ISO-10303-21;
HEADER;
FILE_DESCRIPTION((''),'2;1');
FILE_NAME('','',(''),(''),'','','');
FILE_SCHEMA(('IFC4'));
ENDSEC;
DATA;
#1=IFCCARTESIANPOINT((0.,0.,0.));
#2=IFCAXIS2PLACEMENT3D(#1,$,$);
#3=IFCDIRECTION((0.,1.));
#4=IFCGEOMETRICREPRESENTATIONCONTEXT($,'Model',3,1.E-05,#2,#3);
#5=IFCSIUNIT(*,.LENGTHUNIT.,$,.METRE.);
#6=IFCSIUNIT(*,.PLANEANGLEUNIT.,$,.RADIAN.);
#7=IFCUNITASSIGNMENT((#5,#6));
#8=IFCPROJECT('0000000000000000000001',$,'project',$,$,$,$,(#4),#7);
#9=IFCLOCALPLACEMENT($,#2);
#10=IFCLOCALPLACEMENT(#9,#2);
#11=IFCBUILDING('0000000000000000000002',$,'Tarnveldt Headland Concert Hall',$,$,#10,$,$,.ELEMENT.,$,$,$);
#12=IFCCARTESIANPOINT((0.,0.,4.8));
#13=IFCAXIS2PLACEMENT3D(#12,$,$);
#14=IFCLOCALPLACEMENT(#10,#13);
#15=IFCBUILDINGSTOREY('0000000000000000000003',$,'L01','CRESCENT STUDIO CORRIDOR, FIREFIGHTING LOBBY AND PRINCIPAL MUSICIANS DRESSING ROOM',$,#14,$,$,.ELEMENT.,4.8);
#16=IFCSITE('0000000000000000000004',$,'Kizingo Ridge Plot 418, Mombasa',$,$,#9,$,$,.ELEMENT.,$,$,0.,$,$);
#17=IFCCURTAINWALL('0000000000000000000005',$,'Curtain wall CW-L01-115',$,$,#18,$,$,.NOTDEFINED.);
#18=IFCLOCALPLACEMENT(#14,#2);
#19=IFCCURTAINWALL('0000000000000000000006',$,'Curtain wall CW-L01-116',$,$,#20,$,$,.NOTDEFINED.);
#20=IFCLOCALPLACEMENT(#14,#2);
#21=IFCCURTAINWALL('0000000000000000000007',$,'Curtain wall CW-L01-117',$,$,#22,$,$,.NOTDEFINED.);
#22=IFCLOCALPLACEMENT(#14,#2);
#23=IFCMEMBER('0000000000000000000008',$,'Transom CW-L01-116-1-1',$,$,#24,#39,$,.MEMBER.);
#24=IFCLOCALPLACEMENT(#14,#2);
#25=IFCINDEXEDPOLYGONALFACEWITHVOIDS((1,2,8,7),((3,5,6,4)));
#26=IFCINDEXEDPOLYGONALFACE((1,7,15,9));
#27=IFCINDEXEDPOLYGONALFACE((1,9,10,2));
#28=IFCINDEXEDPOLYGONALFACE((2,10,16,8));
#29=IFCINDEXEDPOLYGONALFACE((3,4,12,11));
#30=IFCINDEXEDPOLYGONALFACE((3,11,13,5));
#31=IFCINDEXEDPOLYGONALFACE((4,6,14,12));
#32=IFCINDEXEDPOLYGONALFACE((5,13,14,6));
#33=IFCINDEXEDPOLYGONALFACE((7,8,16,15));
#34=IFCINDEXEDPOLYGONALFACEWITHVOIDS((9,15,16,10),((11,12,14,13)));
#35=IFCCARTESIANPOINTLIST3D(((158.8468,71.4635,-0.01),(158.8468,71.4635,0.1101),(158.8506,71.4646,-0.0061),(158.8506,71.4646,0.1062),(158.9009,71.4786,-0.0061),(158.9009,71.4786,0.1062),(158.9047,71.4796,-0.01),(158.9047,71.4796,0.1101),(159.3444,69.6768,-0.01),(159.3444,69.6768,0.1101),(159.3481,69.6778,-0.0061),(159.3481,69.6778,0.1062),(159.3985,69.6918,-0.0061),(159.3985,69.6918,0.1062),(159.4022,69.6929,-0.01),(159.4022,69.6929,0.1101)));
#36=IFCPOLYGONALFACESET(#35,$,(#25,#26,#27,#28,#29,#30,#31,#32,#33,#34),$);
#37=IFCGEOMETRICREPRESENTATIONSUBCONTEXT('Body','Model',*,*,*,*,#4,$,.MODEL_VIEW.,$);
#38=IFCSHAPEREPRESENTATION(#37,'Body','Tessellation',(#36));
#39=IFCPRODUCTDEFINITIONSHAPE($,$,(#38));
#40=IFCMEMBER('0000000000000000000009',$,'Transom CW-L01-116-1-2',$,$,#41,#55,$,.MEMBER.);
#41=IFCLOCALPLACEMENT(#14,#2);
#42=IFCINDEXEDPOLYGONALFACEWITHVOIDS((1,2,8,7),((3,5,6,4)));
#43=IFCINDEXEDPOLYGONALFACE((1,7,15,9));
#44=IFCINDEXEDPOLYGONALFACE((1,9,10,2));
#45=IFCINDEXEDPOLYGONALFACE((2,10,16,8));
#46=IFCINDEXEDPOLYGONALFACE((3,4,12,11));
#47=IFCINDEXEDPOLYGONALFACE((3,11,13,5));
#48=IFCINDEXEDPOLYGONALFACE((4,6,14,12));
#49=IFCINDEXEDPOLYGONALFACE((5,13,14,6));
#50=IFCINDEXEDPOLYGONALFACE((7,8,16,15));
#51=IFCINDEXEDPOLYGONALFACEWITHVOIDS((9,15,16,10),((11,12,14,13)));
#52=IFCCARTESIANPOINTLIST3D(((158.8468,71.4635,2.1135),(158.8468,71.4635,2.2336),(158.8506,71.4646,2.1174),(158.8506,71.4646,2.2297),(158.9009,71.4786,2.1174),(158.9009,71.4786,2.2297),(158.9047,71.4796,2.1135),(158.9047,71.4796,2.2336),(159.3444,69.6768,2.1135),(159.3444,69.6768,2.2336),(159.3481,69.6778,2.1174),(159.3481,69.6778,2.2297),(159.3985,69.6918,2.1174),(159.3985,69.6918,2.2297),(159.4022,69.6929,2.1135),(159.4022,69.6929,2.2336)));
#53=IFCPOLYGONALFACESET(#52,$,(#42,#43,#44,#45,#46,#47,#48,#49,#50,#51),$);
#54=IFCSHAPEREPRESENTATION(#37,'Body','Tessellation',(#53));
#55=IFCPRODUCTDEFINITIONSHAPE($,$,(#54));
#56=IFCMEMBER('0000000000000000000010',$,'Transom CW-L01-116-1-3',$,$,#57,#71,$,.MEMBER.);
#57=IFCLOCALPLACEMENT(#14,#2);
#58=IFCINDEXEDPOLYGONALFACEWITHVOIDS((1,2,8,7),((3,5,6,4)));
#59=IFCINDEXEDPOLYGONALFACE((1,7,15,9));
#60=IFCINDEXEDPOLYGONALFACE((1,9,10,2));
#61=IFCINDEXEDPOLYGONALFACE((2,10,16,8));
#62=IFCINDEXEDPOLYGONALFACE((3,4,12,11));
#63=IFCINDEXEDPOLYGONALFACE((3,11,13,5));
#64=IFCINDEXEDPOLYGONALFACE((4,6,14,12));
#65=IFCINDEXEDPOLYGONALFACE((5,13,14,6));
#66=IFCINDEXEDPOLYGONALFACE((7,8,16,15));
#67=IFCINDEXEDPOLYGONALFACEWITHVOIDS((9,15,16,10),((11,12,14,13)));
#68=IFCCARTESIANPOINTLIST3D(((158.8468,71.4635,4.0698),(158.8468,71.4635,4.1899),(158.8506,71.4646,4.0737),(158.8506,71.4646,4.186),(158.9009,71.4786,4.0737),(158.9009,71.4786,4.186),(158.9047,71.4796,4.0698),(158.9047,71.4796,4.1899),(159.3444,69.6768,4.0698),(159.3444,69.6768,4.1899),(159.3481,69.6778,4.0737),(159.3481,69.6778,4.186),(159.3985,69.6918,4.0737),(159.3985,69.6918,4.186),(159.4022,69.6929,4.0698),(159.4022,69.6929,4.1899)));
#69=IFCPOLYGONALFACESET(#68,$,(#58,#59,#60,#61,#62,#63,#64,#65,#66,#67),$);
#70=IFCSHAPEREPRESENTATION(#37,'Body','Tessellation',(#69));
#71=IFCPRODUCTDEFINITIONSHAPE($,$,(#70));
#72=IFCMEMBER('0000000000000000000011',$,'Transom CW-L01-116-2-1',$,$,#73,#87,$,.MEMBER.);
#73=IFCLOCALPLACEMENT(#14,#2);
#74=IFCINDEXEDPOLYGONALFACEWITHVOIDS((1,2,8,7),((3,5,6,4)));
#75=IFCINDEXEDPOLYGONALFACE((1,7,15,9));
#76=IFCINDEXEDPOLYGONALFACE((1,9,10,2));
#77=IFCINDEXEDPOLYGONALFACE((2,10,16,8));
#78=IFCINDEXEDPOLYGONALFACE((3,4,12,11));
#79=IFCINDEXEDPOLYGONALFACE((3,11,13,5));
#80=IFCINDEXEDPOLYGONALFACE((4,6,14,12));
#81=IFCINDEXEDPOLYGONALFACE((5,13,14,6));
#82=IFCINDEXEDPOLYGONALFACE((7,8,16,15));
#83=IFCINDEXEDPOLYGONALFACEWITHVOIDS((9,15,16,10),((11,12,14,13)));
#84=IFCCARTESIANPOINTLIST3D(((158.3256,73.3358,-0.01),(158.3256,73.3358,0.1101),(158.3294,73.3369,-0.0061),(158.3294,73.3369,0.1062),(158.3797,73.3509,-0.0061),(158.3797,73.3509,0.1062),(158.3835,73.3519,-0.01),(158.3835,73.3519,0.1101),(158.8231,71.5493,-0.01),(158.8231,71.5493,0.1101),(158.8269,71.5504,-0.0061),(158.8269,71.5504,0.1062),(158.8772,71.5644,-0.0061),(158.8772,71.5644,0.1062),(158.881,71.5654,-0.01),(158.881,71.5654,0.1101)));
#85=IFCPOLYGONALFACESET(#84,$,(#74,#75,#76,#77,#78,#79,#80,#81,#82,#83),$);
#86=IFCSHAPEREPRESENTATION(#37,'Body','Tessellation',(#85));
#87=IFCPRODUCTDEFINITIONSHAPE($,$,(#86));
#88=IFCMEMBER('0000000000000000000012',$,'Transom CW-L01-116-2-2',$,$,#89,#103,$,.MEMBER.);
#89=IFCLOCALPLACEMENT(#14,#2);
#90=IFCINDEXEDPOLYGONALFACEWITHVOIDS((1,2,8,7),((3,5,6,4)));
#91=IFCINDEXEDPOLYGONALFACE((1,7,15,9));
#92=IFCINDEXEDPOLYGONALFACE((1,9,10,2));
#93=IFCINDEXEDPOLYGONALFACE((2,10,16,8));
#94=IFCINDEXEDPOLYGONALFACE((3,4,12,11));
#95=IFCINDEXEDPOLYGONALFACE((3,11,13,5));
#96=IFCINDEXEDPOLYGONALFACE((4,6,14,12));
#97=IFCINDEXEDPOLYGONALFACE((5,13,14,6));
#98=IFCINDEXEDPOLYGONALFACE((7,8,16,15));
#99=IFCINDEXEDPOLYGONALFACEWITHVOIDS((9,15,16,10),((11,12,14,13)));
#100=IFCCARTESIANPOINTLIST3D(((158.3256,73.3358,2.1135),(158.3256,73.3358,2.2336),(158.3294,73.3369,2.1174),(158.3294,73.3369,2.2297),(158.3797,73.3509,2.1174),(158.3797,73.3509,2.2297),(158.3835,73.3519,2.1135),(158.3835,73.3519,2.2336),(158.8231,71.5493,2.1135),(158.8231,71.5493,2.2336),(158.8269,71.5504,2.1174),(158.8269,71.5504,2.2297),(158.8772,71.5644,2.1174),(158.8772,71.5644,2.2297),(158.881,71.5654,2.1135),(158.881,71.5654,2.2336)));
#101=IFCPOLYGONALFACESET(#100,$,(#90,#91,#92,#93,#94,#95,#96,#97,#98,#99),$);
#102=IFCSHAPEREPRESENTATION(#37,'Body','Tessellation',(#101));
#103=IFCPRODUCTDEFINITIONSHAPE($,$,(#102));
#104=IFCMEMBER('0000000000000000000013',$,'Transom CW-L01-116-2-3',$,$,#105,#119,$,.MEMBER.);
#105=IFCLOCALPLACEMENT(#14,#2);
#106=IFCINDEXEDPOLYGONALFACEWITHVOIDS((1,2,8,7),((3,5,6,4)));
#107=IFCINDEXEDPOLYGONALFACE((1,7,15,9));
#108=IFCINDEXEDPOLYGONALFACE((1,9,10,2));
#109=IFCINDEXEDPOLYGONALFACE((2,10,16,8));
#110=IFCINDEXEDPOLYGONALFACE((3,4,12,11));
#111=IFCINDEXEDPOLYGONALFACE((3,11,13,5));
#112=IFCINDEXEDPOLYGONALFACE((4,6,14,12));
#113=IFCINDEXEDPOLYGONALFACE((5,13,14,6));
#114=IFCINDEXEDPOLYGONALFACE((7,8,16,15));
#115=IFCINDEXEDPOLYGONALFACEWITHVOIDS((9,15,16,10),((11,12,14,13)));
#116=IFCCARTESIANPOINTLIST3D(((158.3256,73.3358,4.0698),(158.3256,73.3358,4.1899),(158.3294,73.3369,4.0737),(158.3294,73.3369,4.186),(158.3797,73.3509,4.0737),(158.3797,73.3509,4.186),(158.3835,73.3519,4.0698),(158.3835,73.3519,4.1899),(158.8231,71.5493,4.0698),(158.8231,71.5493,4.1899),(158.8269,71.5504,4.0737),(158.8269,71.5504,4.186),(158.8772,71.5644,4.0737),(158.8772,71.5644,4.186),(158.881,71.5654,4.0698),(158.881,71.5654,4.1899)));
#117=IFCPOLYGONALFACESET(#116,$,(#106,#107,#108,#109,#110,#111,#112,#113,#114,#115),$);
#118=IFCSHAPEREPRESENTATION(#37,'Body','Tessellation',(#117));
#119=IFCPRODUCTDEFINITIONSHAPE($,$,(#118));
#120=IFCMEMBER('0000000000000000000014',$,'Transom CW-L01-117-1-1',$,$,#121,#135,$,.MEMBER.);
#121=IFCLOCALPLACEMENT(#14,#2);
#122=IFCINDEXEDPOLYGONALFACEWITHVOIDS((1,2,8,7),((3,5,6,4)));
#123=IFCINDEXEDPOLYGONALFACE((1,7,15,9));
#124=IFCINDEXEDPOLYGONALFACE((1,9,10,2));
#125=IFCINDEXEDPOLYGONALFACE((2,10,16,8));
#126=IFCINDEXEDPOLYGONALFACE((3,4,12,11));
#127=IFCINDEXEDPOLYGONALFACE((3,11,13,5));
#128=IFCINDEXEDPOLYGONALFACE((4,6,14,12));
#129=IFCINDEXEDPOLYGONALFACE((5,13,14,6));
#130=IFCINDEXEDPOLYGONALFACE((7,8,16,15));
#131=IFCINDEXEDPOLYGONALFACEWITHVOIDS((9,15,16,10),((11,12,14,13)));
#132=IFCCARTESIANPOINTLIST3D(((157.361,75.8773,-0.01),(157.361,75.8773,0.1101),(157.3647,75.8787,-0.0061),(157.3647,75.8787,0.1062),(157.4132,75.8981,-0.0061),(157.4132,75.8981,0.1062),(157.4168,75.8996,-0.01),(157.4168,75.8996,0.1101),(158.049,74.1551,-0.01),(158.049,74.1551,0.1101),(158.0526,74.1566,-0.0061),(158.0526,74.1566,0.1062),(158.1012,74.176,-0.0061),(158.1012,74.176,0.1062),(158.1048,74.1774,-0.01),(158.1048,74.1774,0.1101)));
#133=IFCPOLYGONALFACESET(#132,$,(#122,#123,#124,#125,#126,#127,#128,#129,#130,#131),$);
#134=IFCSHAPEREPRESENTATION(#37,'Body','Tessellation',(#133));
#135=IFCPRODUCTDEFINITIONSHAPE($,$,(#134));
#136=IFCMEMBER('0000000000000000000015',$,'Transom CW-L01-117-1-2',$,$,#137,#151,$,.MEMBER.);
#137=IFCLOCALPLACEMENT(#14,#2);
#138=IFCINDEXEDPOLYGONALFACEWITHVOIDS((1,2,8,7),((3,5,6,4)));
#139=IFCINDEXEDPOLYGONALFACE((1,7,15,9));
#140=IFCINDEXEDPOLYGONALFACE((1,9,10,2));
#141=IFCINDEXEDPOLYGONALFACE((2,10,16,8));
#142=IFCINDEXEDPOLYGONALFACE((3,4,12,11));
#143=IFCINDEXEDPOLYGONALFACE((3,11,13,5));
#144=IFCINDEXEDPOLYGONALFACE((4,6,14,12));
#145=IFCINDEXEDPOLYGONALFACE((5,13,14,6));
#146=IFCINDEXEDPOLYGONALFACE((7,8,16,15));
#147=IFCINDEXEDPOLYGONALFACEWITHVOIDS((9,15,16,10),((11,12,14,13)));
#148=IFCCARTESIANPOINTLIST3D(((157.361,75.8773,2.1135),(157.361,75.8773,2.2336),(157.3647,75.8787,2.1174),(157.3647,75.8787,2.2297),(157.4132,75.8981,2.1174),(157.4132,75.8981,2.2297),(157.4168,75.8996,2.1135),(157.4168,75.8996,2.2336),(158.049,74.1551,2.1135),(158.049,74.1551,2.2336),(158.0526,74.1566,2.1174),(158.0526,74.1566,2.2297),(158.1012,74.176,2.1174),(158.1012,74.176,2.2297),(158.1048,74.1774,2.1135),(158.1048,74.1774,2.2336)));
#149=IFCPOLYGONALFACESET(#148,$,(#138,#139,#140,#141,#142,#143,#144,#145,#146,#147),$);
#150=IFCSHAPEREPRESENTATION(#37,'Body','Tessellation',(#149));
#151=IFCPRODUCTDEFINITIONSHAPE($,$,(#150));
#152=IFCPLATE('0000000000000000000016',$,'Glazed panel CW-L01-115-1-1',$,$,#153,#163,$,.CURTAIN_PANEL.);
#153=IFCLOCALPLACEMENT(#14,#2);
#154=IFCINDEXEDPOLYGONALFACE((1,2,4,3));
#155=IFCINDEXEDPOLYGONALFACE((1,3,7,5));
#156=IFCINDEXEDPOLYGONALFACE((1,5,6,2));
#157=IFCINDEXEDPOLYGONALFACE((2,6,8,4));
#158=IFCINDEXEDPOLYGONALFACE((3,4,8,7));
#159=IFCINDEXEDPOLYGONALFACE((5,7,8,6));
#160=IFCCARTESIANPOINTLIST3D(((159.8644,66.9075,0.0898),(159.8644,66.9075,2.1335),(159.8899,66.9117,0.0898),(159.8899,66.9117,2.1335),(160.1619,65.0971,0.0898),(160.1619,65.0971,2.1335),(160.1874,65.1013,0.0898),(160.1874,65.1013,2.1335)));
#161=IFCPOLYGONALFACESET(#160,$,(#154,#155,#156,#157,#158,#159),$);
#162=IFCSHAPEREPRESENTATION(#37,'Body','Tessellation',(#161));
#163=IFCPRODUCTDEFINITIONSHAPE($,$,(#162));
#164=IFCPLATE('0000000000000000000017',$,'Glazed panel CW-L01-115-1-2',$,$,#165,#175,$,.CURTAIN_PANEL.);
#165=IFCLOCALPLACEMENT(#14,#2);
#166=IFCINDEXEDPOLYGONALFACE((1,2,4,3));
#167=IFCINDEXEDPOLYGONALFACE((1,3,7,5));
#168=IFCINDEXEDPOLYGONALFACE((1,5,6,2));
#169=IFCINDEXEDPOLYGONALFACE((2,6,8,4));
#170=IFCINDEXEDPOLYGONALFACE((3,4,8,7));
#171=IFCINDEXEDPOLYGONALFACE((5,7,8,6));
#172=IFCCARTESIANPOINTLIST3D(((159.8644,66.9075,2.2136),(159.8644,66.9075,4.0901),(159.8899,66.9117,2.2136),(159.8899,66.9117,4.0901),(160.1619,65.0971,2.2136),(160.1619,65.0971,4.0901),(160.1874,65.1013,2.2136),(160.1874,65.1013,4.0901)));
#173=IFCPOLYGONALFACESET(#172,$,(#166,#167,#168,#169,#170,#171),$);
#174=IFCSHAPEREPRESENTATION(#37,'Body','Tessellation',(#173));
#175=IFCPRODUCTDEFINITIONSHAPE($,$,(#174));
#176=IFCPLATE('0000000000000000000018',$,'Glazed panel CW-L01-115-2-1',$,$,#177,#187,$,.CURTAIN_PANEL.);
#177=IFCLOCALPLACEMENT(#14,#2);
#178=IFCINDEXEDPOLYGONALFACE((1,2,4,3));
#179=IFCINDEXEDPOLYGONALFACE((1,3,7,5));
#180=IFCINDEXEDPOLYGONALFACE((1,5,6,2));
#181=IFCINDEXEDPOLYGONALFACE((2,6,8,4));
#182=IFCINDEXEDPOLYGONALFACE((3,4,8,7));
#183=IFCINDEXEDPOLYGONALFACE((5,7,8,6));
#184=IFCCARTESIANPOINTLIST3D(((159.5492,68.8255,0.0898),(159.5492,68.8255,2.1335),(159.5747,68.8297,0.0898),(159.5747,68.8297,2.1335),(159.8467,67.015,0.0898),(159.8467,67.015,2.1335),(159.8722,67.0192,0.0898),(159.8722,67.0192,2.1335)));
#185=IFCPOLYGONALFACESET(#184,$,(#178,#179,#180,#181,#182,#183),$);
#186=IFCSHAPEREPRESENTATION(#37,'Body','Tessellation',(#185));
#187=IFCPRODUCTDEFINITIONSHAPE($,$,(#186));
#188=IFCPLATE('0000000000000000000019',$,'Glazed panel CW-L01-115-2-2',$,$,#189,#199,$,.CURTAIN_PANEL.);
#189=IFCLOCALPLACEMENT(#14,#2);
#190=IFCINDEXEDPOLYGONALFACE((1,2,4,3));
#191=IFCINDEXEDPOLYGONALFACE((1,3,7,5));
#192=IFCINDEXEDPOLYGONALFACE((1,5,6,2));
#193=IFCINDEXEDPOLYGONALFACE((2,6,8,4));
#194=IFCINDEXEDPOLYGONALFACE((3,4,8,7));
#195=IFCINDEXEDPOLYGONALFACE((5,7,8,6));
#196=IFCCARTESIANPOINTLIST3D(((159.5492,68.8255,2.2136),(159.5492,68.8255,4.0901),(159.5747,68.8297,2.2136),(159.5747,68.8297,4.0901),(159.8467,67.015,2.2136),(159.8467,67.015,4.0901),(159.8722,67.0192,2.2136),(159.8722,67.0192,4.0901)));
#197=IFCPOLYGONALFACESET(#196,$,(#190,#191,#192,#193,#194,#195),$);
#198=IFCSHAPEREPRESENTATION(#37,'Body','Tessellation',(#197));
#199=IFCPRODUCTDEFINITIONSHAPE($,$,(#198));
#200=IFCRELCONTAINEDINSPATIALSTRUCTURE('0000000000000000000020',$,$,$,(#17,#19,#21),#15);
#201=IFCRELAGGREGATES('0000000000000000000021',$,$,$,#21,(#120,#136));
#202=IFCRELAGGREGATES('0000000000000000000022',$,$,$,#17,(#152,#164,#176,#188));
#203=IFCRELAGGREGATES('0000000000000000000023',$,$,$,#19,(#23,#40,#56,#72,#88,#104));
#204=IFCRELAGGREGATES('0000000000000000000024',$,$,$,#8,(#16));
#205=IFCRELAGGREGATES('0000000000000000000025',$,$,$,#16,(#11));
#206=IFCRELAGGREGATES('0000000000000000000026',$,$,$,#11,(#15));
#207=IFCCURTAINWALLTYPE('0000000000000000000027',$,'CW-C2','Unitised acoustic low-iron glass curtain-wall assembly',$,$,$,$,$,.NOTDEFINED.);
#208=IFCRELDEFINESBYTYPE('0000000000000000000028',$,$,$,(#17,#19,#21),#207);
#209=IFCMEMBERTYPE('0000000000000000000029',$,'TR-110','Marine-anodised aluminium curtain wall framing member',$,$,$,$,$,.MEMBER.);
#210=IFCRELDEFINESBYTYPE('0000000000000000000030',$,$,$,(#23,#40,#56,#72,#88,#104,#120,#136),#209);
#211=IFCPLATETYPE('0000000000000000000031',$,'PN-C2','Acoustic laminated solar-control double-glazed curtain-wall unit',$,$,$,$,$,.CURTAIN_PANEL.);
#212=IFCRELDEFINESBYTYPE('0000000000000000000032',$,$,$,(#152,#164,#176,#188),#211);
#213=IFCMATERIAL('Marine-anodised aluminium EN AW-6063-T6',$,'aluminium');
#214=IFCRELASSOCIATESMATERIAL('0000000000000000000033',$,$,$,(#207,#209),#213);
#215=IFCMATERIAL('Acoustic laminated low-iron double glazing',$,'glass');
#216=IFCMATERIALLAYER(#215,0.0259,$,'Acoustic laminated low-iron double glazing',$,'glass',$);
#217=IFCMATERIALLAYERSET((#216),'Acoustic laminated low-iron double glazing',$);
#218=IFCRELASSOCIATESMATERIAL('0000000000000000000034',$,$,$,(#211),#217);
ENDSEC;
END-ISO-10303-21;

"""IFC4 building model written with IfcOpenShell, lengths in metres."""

from ifc_helpers import new_model, si_unit, direction, frame, origin, origin_2d, place, context, subcontext, project, spatial, rectangle, hollow_rectangle, extrude, material, layer, layer_set, material_profile, profile_set, type_object, element, aggregate, save


model = new_model("IFC4")

# Units and contexts
model_context = context("Model", 3, precision=1e-05, world=origin(), true_north=direction((0.0, 1.0)))
body_context = subcontext(model_context, "Body", "Model", "MODEL_VIEW")
ifc_project = project(units=[si_unit("LENGTHUNIT", "METRE"), si_unit("PLANEANGLEUNIT", "RADIAN")], contexts=[model_context])

# Site, building, storey
site_placement = place(None, origin())
site = spatial("IfcSite", under=ifc_project, at=site_placement, Name="Kizingo Ridge Plot 418, Mombasa", CompositionType="ELEMENT", RefElevation=0.0)
building_placement = place(site_placement, origin())
building = spatial("IfcBuilding", under=site, at=building_placement, Name="Tarnveldt Headland Concert Hall", CompositionType="ELEMENT")
storey_placement = place(building_placement, frame((0.0, 0.0, 4.8)))
storey = spatial("IfcBuildingStorey", under=building, at=storey_placement, Name="L01", Description="CRESCENT STUDIO CORRIDOR, FIREFIGHTING LOBBY AND PRINCIPAL MUSICIANS DRESSING ROOM", CompositionType="ELEMENT", Elevation=4.8)

# Curtain walls
ifc_material_1 = material(Name="Marine-anodised aluminium EN AW-6063-T6", Category="aluminium")
curtain_wall_type = type_object("IfcCurtainWallType", Name="CW-C2", Description="Unitised acoustic low-iron glass curtain-wall assembly", PredefinedType="NOTDEFINED", material=ifc_material_1)
curtain_wall_1_placement = place(storey_placement, origin())
curtain_wall_1 = element("IfcCurtainWall", 1, at=curtain_wall_1_placement, inside=storey, type_object=curtain_wall_type, Name="Curtain wall CW-L01-115", PredefinedType="NOTDEFINED")
curtain_wall_2_placement = place(storey_placement, origin())
curtain_wall_2 = element("IfcCurtainWall", 2, at=curtain_wall_2_placement, inside=storey, type_object=curtain_wall_type, Name="Curtain wall CW-L01-116", PredefinedType="NOTDEFINED")

# Curtain wall
curtain_wall_3_placement = place(storey_placement, origin())
curtain_wall_3 = element("IfcCurtainWall", 3, at=curtain_wall_3_placement, inside=storey, type_object=curtain_wall_type, Name="Curtain wall CW-L01-117", PredefinedType="NOTDEFINED")

# Members
ifc_material_profile_1 = material_profile(ifc_material_1, hollow_rectangle(XDim=0.0601, YDim=0.1201, WallThickness=0.0039, at=origin_2d()), Name="ALU TRANSOM 60x120x4", Category="aluminium")
ifc_profile_set_1 = profile_set([ifc_material_profile_1], Name="Marine-anodised aluminium EN AW-6063-T6")
member_type_1 = type_object("IfcMemberType", Name="TR-110", Description="Marine-anodised aluminium curtain wall framing member", PredefinedType="MEMBER", material=ifc_profile_set_1)
member_1_placement = place(storey_placement, frame((159.3733, 69.6848, 0.05), z_axis=(-0.268248, 0.96335, 0.0), x_axis=(-0.96335, -0.268248, 0.0)))
member_1 = element("IfcMember", 4, at=member_1_placement, type_object=member_type_1, Name="Transom CW-L01-116-1-1", PredefinedType="MEMBER", context=body_context, shape_type="SweptSolid", body=[
    extrude(hollow_rectangle(XDim=0.0601, YDim=0.1201, WallThickness=0.0039, at=origin_2d()), origin(), (0.0, 0.0, 1.0), 1.8547),
])
member_2_placement = place(storey_placement, frame((159.3733, 69.6848, 2.1736), z_axis=(-0.268248, 0.96335, 0.0), x_axis=(-0.96335, -0.268248, 0.0)))
member_2 = element("IfcMember", 5, at=member_2_placement, type_object=member_type_1, Name="Transom CW-L01-116-1-2", PredefinedType="MEMBER", context=body_context, shape_type="SweptSolid", body=[
    extrude(hollow_rectangle(XDim=0.0601, YDim=0.1201, WallThickness=0.0039, at=origin_2d()), origin(), (0.0, 0.0, 1.0), 1.8547),
])
member_3_placement = place(storey_placement, frame((159.3733, 69.6848, 4.1299), z_axis=(-0.268248, 0.96335, 0.0), x_axis=(-0.96335, -0.268248, 0.0)))
member_3 = element("IfcMember", 6, at=member_3_placement, type_object=member_type_1, Name="Transom CW-L01-116-1-3", PredefinedType="MEMBER", context=body_context, shape_type="SweptSolid", body=[
    extrude(hollow_rectangle(XDim=0.0601, YDim=0.1201, WallThickness=0.0039, at=origin_2d()), origin(), (0.0, 0.0, 1.0), 1.8547),
])
member_4_placement = place(storey_placement, frame((158.8521, 71.5574, 0.05), z_axis=(-0.268282, 0.96334, 0.0), x_axis=(-0.96334, -0.268282, 0.0)))
member_4 = element("IfcMember", 7, at=member_4_placement, type_object=member_type_1, Name="Transom CW-L01-116-2-1", PredefinedType="MEMBER", context=body_context, shape_type="SweptSolid", body=[
    extrude(hollow_rectangle(XDim=0.0601, YDim=0.1201, WallThickness=0.0039, at=origin_2d()), origin(), (0.0, 0.0, 1.0), 1.8545),
])
member_5_placement = place(storey_placement, frame((158.8521, 71.5574, 2.1736), z_axis=(-0.268282, 0.96334, 0.0), x_axis=(-0.96334, -0.268282, 0.0)))
member_5 = element("IfcMember", 8, at=member_5_placement, type_object=member_type_1, Name="Transom CW-L01-116-2-2", PredefinedType="MEMBER", context=body_context, shape_type="SweptSolid", body=[
    extrude(hollow_rectangle(XDim=0.0601, YDim=0.1201, WallThickness=0.0039, at=origin_2d()), origin(), (0.0, 0.0, 1.0), 1.8545),
])
member_6_placement = place(storey_placement, frame((158.8521, 71.5574, 4.1299), z_axis=(-0.268282, 0.96334, 0.0), x_axis=(-0.96334, -0.268282, 0.0)))
member_6 = element("IfcMember", 9, at=member_6_placement, type_object=member_type_1, Name="Transom CW-L01-116-2-3", PredefinedType="MEMBER", context=body_context, shape_type="SweptSolid", body=[
    extrude(hollow_rectangle(XDim=0.0601, YDim=0.1201, WallThickness=0.0039, at=origin_2d()), origin(), (0.0, 0.0, 1.0), 1.8545),
])
member_7_placement = place(storey_placement, frame((158.0769, 74.1663, 0.05), z_axis=(-0.370982, 0.92864, 0.0), x_axis=(-0.92864, -0.370982, 0.0)))
member_7 = element("IfcMember", 10, at=member_7_placement, type_object=member_type_1, Name="Transom CW-L01-117-1-1", PredefinedType="MEMBER", context=body_context, shape_type="SweptSolid", body=[
    extrude(hollow_rectangle(XDim=0.0601, YDim=0.1201, WallThickness=0.0039, at=origin_2d()), origin(), (0.0, 0.0, 1.0), 1.8545),
])
member_8_placement = place(storey_placement, frame((158.0769, 74.1663, 2.1736), z_axis=(-0.370982, 0.92864, 0.0), x_axis=(-0.92864, -0.370982, 0.0)))
member_8 = element("IfcMember", 11, at=member_8_placement, type_object=member_type_1, Name="Transom CW-L01-117-1-2", PredefinedType="MEMBER", context=body_context, shape_type="SweptSolid", body=[
    extrude(hollow_rectangle(XDim=0.0601, YDim=0.1201, WallThickness=0.0039, at=origin_2d()), origin(), (0.0, 0.0, 1.0), 1.8545),
])
aggregate(curtain_wall_3, [member_7, member_8])

# Plates
ifc_material_2 = material(Name="Acoustic laminated low-iron double glazing", Category="glass")
ifc_layer = layer(ifc_material_2, 0.0259, Name="Acoustic laminated low-iron double glazing", Category="glass")
ifc_layer_set = layer_set([ifc_layer], Name="Acoustic laminated low-iron double glazing")
plate_type = type_object("IfcPlateType", Name="PN-C2", Description="Acoustic laminated solar-control double-glazed curtain-wall unit", PredefinedType="CURTAIN_PANEL", material=ifc_layer_set)
plate_1_placement = place(storey_placement, frame((160.0259, 66.0044, 0.0898), z_axis=(0.0, 0.0, 1.0), x_axis=(-0.162155, 0.986765, 0.0)))
plate_1 = element("IfcPlate", 12, at=plate_1_placement, type_object=plate_type, Name="Glazed panel CW-L01-115-1-1", PredefinedType="CURTAIN_PANEL", context=body_context, shape_type="SweptSolid", body=[
    extrude(rectangle(XDim=1.8347, YDim=0.0259, at=origin_2d()), origin(), (0.0, 0.0, 1.0), 2.0437),
])
plate_2_placement = place(storey_placement, frame((160.0259, 66.0044, 2.2136), z_axis=(0.0, 0.0, 1.0), x_axis=(-0.162155, 0.986765, 0.0)))
plate_2 = element("IfcPlate", 13, at=plate_2_placement, type_object=plate_type, Name="Glazed panel CW-L01-115-1-2", PredefinedType="CURTAIN_PANEL", context=body_context, shape_type="SweptSolid", body=[
    extrude(rectangle(XDim=1.8347, YDim=0.0259, at=origin_2d()), origin(), (0.0, 0.0, 1.0), 1.8765),
])
plate_3_placement = place(storey_placement, frame((159.7107, 67.9224, 0.0898), z_axis=(0.0, 0.0, 1.0), x_axis=(-0.162155, 0.986765, 0.0)))
plate_3 = element("IfcPlate", 14, at=plate_3_placement, type_object=plate_type, Name="Glazed panel CW-L01-115-2-1", PredefinedType="CURTAIN_PANEL", context=body_context, shape_type="SweptSolid", body=[
    extrude(rectangle(XDim=1.8347, YDim=0.0259, at=origin_2d()), origin(), (0.0, 0.0, 1.0), 2.0437),
])
plate_4_placement = place(storey_placement, frame((159.7107, 67.9224, 2.2136), z_axis=(0.0, 0.0, 1.0), x_axis=(-0.162155, 0.986765, 0.0)))
plate_4 = element("IfcPlate", 15, at=plate_4_placement, type_object=plate_type, Name="Glazed panel CW-L01-115-2-2", PredefinedType="CURTAIN_PANEL", context=body_context, shape_type="SweptSolid", body=[
    extrude(rectangle(XDim=1.8347, YDim=0.0259, at=origin_2d()), origin(), (0.0, 0.0, 1.0), 1.8765),
])
aggregate(curtain_wall_1, [plate_1, plate_2, plate_3, plate_4])
aggregate(curtain_wall_2, [member_1, member_2, member_3, member_4, member_5, member_6])

save(model, "model.ifc")
